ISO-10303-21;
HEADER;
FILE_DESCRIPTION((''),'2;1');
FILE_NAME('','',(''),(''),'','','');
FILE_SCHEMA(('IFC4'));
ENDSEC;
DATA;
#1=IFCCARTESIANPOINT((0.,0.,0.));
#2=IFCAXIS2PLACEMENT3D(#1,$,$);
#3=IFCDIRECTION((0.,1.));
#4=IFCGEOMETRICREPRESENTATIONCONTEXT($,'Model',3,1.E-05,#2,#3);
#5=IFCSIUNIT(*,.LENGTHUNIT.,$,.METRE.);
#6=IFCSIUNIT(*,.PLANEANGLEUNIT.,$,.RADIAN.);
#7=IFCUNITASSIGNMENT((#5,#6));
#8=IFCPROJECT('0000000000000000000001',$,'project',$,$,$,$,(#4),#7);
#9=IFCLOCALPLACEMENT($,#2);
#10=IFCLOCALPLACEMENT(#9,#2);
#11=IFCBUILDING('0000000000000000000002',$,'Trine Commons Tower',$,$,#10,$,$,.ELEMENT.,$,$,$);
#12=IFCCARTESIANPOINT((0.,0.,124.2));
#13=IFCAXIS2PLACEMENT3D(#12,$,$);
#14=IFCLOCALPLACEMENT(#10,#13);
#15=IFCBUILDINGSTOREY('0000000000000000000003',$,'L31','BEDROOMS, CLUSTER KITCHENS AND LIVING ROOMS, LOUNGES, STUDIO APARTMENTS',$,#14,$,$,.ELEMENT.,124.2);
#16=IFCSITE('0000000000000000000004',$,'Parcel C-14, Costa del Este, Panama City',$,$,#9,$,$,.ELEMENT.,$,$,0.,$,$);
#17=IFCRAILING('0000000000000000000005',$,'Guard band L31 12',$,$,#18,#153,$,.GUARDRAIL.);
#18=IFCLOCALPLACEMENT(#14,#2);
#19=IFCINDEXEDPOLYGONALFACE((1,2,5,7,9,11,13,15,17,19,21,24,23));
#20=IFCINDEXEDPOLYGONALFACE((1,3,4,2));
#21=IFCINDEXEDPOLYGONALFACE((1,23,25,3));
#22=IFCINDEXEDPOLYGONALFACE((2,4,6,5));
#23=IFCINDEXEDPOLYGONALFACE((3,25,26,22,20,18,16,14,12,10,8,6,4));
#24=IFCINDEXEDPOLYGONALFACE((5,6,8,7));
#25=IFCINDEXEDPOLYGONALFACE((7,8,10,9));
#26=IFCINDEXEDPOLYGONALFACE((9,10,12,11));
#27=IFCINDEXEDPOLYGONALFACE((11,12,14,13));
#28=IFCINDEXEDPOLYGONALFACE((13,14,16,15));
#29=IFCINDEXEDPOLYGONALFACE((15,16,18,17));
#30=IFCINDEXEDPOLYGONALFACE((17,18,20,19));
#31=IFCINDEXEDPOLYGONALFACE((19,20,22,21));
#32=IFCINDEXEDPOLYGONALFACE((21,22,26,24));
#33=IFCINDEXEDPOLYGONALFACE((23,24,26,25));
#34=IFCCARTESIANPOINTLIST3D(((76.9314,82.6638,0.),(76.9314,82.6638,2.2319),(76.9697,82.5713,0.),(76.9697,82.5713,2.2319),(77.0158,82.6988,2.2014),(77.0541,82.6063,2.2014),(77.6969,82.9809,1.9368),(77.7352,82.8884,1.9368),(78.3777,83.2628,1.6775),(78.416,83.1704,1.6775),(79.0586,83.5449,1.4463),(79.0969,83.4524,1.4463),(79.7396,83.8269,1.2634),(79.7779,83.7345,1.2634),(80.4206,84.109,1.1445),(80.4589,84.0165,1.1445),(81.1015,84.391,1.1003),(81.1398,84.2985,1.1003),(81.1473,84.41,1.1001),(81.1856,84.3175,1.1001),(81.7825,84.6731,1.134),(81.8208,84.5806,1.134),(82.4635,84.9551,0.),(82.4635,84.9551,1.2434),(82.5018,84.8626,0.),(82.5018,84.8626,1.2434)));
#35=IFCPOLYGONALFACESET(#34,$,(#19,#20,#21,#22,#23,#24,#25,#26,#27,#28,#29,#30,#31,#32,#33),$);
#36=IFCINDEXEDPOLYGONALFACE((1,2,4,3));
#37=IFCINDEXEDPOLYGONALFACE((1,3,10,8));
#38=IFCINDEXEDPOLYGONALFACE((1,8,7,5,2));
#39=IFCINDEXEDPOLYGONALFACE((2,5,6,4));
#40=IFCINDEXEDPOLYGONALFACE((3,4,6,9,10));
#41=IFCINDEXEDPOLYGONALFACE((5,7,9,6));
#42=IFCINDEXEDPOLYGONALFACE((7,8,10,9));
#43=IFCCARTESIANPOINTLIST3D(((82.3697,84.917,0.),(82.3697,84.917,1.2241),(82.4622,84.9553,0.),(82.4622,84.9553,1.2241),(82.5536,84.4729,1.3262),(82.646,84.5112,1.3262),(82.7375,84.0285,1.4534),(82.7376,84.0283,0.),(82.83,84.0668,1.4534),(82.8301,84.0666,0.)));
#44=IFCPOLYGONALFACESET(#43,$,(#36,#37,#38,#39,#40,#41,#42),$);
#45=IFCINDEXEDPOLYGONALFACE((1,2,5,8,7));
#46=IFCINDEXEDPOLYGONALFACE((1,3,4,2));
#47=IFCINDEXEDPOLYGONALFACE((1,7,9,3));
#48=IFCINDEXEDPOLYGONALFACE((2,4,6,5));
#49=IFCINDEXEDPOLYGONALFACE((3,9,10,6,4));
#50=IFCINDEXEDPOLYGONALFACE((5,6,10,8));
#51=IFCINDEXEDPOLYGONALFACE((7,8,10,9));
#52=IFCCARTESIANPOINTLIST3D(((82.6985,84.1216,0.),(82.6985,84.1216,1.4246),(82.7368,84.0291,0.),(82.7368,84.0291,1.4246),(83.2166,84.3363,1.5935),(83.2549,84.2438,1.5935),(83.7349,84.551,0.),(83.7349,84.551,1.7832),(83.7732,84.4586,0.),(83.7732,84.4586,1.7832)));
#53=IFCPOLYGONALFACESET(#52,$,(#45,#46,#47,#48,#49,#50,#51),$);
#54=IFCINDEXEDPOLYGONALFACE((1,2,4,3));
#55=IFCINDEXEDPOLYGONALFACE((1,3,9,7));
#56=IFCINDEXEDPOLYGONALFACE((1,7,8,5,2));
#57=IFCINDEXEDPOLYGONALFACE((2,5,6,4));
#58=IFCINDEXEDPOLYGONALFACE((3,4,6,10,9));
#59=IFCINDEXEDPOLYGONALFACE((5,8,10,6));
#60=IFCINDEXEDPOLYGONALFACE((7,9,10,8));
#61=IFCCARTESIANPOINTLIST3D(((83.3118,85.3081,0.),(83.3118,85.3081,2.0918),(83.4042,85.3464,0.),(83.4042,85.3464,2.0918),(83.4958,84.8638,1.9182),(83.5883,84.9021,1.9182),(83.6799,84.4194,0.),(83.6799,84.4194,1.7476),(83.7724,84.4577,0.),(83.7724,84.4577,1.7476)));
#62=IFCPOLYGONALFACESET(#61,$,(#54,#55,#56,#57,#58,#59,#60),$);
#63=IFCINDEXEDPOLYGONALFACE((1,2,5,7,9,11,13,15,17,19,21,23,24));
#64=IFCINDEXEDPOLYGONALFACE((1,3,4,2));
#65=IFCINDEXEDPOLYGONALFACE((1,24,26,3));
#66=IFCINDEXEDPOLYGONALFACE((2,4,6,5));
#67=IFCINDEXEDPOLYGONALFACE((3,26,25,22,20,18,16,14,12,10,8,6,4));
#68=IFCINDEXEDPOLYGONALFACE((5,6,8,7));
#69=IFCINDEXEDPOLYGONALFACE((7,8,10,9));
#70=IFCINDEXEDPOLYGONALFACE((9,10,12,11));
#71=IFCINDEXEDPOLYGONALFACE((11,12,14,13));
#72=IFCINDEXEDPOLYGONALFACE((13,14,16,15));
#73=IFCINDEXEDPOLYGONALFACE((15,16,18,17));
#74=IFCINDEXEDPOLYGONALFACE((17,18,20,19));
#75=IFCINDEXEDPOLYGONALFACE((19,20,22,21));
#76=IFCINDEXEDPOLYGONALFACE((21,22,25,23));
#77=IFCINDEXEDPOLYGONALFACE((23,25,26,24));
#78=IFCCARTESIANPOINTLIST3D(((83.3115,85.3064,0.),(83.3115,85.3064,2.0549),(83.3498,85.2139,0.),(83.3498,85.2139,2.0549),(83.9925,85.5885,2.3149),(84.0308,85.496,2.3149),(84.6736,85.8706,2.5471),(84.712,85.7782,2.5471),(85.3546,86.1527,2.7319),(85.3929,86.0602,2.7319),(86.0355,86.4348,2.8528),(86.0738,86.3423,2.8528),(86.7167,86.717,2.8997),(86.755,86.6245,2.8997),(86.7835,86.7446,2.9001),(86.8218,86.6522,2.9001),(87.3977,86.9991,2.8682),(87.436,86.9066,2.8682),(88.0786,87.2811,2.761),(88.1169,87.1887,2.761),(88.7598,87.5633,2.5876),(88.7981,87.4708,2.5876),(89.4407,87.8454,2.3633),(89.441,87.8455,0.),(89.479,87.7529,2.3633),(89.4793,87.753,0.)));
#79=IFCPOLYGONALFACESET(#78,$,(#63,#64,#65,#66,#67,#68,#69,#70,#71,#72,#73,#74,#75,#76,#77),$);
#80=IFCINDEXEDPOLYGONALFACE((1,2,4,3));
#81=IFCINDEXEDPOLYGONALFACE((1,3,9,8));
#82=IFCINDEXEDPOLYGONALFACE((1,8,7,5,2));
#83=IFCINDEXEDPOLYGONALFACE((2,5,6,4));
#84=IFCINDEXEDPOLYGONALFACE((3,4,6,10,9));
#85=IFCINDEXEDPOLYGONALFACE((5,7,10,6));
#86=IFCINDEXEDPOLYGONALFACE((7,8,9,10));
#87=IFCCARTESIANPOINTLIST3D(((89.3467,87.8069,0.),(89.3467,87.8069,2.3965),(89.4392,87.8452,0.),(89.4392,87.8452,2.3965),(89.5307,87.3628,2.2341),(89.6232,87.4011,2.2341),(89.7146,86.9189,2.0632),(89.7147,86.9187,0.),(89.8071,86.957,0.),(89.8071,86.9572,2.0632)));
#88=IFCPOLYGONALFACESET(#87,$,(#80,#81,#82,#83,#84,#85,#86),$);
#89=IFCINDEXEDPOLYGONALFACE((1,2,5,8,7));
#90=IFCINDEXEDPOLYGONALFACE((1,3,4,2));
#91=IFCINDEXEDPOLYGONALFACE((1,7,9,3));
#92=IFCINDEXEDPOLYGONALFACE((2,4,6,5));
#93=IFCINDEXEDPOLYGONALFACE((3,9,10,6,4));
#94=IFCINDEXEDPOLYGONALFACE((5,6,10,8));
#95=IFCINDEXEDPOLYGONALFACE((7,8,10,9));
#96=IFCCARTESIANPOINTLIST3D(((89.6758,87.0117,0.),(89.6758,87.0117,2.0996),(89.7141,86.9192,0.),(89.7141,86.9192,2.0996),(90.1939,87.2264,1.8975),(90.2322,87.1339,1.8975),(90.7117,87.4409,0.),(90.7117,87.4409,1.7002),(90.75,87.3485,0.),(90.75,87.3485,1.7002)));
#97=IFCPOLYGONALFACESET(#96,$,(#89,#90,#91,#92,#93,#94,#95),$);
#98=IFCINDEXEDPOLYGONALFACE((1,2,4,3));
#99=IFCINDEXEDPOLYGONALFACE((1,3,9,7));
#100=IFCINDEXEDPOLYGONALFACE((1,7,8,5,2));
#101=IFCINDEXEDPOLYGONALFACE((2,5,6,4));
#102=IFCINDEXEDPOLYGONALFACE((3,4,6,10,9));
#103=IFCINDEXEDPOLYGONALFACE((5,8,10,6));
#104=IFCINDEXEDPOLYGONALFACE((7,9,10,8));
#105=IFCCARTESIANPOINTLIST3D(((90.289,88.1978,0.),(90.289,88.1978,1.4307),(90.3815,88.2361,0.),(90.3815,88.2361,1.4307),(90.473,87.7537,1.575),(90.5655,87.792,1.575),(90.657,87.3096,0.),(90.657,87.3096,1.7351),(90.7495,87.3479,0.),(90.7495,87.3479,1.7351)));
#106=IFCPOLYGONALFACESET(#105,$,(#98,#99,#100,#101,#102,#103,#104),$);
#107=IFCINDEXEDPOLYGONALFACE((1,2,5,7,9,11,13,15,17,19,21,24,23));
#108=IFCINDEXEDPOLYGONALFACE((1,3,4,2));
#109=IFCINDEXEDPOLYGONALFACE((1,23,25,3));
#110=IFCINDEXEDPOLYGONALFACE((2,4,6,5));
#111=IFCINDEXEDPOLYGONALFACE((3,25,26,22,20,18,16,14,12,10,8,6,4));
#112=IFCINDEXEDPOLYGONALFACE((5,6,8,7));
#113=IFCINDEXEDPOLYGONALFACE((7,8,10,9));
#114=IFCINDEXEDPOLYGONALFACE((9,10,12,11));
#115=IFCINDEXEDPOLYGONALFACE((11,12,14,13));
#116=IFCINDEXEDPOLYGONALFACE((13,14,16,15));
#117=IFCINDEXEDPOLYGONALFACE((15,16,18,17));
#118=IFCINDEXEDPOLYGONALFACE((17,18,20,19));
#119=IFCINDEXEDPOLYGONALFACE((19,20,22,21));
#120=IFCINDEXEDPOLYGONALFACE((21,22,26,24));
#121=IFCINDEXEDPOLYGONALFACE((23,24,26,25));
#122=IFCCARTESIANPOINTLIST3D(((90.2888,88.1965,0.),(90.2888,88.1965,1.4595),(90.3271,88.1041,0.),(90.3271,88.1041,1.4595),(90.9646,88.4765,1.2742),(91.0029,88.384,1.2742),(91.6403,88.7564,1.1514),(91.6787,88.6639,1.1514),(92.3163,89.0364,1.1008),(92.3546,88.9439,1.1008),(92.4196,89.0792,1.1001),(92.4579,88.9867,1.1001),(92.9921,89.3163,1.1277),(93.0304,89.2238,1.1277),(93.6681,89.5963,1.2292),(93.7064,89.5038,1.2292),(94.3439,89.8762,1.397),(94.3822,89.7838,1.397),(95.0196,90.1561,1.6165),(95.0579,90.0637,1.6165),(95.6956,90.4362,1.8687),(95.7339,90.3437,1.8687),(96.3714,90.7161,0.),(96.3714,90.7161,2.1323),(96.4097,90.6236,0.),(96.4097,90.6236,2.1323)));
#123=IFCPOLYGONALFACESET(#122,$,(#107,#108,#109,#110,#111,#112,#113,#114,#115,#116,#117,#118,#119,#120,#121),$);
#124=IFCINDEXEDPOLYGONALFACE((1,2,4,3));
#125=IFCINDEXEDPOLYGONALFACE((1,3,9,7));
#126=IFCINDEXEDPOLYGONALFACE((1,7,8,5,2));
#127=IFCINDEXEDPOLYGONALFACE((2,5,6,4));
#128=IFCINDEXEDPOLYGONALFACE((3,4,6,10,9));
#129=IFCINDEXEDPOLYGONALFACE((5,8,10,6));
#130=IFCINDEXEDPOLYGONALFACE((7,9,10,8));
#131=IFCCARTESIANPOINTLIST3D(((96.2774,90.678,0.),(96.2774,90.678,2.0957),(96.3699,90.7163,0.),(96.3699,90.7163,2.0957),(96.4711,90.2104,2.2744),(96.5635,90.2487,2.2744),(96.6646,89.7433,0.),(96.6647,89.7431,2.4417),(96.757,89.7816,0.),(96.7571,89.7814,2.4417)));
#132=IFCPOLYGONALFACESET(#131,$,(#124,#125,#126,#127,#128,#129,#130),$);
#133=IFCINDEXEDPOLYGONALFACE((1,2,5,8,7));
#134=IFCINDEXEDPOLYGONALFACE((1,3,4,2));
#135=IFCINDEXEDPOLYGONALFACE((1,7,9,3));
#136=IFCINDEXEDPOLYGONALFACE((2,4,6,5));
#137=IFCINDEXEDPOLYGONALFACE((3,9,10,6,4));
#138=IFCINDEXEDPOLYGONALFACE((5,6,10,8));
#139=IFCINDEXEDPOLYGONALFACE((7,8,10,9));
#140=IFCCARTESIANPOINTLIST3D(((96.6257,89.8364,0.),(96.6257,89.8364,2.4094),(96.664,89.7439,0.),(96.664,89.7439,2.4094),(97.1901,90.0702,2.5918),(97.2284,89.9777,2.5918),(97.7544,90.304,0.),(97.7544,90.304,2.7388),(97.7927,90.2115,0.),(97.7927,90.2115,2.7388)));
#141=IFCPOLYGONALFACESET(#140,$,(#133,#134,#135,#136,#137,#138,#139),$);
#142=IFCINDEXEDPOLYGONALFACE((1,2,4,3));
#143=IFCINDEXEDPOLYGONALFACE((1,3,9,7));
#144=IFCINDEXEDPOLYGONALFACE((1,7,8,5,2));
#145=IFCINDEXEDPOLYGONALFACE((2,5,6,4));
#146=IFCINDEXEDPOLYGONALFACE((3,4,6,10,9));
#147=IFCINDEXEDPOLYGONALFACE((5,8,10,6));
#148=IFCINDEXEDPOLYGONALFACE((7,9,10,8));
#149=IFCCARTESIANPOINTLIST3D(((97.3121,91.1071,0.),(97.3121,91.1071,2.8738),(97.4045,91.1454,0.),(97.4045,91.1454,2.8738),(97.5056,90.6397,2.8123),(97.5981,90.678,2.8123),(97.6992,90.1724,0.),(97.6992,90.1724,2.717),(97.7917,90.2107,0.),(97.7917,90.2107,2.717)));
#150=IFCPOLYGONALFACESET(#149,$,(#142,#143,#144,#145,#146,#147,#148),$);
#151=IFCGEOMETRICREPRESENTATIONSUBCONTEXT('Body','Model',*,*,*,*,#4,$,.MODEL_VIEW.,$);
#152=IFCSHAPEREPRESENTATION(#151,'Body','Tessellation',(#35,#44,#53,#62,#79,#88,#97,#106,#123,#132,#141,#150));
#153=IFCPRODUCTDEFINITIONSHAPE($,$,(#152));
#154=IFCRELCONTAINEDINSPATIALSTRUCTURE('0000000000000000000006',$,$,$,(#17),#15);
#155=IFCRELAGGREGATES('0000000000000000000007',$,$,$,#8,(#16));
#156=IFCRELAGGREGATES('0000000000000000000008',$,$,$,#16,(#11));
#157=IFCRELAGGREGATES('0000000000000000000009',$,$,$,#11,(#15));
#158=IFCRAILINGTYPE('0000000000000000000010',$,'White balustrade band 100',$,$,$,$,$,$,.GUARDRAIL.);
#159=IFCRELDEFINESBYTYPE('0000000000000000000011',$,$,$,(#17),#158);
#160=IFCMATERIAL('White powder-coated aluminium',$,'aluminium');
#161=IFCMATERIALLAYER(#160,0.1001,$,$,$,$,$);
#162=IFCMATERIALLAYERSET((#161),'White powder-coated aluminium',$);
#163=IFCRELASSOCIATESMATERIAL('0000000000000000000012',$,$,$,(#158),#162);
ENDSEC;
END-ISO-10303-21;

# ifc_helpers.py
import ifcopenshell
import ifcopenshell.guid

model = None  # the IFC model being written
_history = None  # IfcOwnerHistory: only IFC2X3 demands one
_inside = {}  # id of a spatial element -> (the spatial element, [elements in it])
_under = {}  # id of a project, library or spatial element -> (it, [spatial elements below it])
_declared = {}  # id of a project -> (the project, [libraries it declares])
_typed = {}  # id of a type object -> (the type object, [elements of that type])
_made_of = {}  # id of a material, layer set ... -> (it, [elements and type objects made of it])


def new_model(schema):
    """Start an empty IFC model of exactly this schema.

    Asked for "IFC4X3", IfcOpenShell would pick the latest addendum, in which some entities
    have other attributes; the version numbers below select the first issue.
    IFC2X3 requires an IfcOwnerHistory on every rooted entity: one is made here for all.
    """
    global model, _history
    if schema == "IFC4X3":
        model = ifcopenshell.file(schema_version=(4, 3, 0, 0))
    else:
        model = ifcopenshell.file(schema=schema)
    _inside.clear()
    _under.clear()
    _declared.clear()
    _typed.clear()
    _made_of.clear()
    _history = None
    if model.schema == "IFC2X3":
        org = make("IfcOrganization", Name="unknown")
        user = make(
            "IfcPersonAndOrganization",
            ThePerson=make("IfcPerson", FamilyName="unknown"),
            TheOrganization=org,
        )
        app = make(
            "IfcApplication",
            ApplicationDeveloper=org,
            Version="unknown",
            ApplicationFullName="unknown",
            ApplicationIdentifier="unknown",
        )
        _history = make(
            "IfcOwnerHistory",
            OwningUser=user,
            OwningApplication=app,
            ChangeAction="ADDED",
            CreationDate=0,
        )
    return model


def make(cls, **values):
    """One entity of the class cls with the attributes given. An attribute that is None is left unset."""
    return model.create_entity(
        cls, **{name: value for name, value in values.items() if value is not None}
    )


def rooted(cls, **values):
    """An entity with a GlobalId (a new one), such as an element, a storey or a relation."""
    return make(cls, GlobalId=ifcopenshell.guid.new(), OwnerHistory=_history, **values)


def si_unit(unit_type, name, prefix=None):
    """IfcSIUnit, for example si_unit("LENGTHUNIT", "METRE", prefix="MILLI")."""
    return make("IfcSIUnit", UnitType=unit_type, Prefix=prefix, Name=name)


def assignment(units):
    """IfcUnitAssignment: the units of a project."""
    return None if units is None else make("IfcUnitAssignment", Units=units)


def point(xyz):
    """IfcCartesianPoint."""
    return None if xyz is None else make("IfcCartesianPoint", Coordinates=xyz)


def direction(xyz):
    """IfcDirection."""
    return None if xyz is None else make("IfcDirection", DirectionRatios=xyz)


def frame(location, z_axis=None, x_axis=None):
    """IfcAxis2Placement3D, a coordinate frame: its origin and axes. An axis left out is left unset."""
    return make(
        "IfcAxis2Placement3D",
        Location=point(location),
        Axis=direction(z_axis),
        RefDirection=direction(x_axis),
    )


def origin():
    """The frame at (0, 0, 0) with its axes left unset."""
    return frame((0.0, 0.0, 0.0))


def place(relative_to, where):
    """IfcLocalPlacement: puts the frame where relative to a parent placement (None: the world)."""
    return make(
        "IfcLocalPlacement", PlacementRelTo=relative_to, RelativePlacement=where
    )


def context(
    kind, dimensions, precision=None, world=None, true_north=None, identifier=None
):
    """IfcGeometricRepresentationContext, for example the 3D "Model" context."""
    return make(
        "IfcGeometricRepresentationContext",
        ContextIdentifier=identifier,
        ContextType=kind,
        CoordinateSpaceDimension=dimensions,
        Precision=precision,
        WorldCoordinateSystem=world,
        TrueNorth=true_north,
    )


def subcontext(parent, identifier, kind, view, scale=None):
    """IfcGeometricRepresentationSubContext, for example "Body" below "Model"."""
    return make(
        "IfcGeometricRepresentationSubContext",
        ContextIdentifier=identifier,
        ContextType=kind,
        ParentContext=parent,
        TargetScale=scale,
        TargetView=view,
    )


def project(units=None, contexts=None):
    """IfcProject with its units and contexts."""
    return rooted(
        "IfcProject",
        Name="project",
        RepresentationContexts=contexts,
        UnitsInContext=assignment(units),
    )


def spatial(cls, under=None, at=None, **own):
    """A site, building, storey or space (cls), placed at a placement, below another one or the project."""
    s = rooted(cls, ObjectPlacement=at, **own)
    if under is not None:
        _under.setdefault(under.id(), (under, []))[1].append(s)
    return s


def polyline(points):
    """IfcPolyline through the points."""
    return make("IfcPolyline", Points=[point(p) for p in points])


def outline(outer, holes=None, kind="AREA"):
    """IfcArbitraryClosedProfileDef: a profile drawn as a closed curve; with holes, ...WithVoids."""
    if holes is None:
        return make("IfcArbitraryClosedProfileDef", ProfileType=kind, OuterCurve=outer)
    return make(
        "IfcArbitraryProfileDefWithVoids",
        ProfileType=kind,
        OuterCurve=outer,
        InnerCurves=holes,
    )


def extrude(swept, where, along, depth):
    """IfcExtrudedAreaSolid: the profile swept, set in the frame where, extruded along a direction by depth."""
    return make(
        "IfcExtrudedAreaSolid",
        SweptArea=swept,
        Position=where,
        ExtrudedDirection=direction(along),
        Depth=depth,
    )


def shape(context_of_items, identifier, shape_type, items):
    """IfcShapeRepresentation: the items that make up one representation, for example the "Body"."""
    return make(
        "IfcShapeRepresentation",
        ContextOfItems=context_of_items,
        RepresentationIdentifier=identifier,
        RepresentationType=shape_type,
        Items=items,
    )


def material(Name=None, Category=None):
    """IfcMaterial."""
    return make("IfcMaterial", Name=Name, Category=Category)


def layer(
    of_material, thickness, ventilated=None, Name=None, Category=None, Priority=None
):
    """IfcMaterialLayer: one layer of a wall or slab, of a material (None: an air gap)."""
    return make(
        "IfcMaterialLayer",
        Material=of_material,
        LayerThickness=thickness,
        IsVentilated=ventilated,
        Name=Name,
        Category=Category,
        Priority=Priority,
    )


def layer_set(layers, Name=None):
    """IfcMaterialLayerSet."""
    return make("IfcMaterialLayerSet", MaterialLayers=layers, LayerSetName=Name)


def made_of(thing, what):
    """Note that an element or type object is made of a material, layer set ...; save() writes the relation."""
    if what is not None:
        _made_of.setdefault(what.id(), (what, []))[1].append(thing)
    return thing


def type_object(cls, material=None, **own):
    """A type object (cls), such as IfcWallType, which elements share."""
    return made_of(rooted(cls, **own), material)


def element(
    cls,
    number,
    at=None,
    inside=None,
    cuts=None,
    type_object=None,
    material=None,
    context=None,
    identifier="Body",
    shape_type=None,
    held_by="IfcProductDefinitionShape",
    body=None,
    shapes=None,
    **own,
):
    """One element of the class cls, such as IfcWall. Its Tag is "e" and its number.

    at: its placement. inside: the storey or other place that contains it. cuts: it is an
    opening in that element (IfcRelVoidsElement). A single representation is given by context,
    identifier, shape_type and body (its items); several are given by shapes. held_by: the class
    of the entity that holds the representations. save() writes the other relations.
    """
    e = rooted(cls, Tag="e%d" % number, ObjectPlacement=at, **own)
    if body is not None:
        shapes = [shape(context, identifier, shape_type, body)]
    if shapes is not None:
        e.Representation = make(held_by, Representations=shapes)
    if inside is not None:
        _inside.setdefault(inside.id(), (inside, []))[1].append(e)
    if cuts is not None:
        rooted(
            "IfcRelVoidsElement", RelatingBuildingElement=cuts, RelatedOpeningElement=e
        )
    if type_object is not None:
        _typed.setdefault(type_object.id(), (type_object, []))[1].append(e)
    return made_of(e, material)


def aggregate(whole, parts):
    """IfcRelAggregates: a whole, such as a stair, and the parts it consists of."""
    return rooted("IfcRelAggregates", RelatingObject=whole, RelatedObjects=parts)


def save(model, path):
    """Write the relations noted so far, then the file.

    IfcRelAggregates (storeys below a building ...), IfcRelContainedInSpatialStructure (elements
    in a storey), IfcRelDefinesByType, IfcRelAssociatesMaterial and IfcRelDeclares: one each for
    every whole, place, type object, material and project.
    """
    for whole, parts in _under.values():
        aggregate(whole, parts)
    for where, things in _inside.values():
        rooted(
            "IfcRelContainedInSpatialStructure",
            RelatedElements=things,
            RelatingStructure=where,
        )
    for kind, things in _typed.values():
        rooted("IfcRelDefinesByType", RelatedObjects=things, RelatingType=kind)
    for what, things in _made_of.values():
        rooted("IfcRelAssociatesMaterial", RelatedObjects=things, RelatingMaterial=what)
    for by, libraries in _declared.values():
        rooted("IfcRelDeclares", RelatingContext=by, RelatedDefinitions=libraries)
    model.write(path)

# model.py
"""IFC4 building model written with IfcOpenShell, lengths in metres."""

from ifc_helpers import new_model, si_unit, direction, frame, origin, place, context, subcontext, project, spatial, polyline, outline, extrude, material, layer, layer_set, type_object, element, save


model = new_model("IFC4")

# Units and contexts
model_context = context("Model", 3, precision=1e-05, world=origin(), true_north=direction((0.0, 1.0)))
body_context = subcontext(model_context, "Body", "Model", "MODEL_VIEW")
ifc_project = project(units=[si_unit("LENGTHUNIT", "METRE"), si_unit("PLANEANGLEUNIT", "RADIAN")], contexts=[model_context])

# Site, building, storey
site_placement = place(None, origin())
site = spatial("IfcSite", under=ifc_project, at=site_placement, Name="Parcel C-14, Costa del Este, Panama City", CompositionType="ELEMENT", RefElevation=0.0)
building_placement = place(site_placement, origin())
building = spatial("IfcBuilding", under=site, at=building_placement, Name="Trine Commons Tower", CompositionType="ELEMENT")
storey_placement = place(building_placement, frame((0.0, 0.0, 124.2)))
storey = spatial("IfcBuildingStorey", under=building, at=storey_placement, Name="L31", Description="BEDROOMS, CLUSTER KITCHENS AND LIVING ROOMS, LOUNGES, STUDIO APARTMENTS", CompositionType="ELEMENT", Elevation=124.2)

# Railing
ifc_material_1 = material(Name="White powder-coated aluminium", Category="aluminium")
ifc_layer_1 = layer(ifc_material_1, 0.1001)
ifc_layer_set_1 = layer_set([ifc_layer_1], Name="White powder-coated aluminium")
railing_type = type_object("IfcRailingType", Name="White balustrade band 100", PredefinedType="GUARDRAIL", material=ifc_layer_set_1)
railing_1_placement = place(storey_placement, origin())
element("IfcRailing", 1, at=railing_1_placement, inside=storey, type_object=railing_type, Name="Guard band L31 12", PredefinedType="GUARDRAIL", context=body_context, shape_type="SweptSolid", body=[
    extrude(outline(polyline([(0.0, 0.0), (5.9878, 0.0), (5.9878, 1.2434), (5.9878, 1.2434), (5.2507, 1.134), (4.5632, 1.1001), (4.5137, 1.1003), (3.7766, 1.1445), (3.0396, 1.2634), (2.3025, 1.4463), (1.5654, 1.6775), (0.8286, 1.9368), (0.0913, 2.2014), (0.0, 2.2319), (0.0, 0.0)])), frame((76.9314, 82.6638, 0.0), z_axis=(0.38266, -0.923889, 0.0), x_axis=(0.923889, 0.38266, 0.0)), (0.0, 0.0, 1.0), 0.1001),
    extrude(outline(polyline([(0.0, 0.0), (0.9619, 0.0), (0.9617, 1.4534), (0.4807, 1.3262), (0.0, 1.2241), (0.0, 0.0)])), frame((82.4622, 84.9553, 0.0), z_axis=(-0.923946, -0.382524, 0.0), x_axis=(0.382524, -0.923946, 0.0)), (0.0, 0.0, 1.0), 0.1001),
    extrude(outline(polyline([(0.0, 0.0), (1.1218, 0.0), (1.1218, 1.7832), (0.5608, 1.5935), (0.0, 1.4246), (0.0, 0.0)])), frame((82.6985, 84.1216, 0.0), z_axis=(0.382807, -0.923828, 0.0), x_axis=(0.923828, 0.382807, 0.0)), (0.0, 0.0, 1.0), 0.1001),
    extrude(outline(polyline([(0.0, 0.0), (0.9619, 0.0), (0.9619, 2.0918), (0.481, 1.9182), (0.0, 1.7476), (0.0, 0.0)])), frame((83.6799, 84.4194, 0.0), z_axis=(0.923856, 0.38274, 0.0), x_axis=(-0.38274, 0.923856, 0.0)), (0.0, 0.0, 1.0), 0.1001),
    extrude(outline(polyline([(0.0, 0.0), (6.6345, 0.0), (6.6343, 2.3633), (5.8972, 2.5876), (5.1599, 2.761), (4.4229, 2.8682), (3.7581, 2.9001), (3.6858, 2.8997), (2.9485, 2.8528), (2.2114, 2.7319), (1.4744, 2.5471), (0.7371, 2.3149), (0.0, 2.0549), (0.0, 0.0)])), frame((83.3115, 85.3064, 0.0), z_axis=(0.382707, -0.92387, 0.0), x_axis=(0.92387, 0.382707, 0.0)), (0.0, 0.0, 1.0), 0.1001),
    extrude(outline(polyline([(0.0, 0.0), (0.9614, 0.0), (0.9612, 2.0632), (0.4807, 2.2341), (0.0, 2.3965), (0.0, 0.0)])), frame((89.4392, 87.8452, 0.0), z_axis=(-0.923871, -0.382703, 0.0), x_axis=(0.382703, -0.923871, 0.0)), (0.0, 0.0, 1.0), 0.1001),
    extrude(outline(polyline([(0.0, 0.0), (1.1213, 0.0), (1.1213, 1.7002), (0.5608, 1.8975), (0.0, 2.0996), (0.0, 0.0)])), frame((89.6758, 87.0117, 0.0), z_axis=(0.382775, -0.923842, 0.0), x_axis=(0.923842, 0.382775, 0.0)), (0.0, 0.0, 1.0), 0.1001),
    extrude(outline(polyline([(0.0, 0.0), (0.9614, 0.0), (0.9614, 1.4307), (0.4807, 1.575), (0.0, 1.7351), (0.0, 0.0)])), frame((90.657, 87.3096, 0.0), z_axis=(0.923871, 0.382703, 0.0), x_axis=(-0.382703, 0.923871, 0.0)), (0.0, 0.0, 1.0), 0.1001),
    extrude(outline(polyline([(0.0, 0.0), (6.5837, 0.0), (6.5837, 2.1323), (5.8523, 1.8687), (5.1206, 1.6165), (4.3892, 1.397), (3.6577, 1.2292), (2.926, 1.1277), (2.3064, 1.1001), (2.1946, 1.1008), (1.4629, 1.1514), (0.7314, 1.2742), (0.0, 1.4595), (0.0, 0.0)])), frame((90.2888, 88.1965, 0.0), z_axis=(0.382692, -0.923876, 0.0), x_axis=(0.923876, 0.382692, 0.0)), (0.0, 0.0, 1.0), 0.1001),
    extrude(outline(polyline([(0.0, 0.0), (1.0117, 0.0), (1.012, 2.4417), (0.5061, 2.2744), (0.0, 2.0957), (0.0, 0.0)])), frame((96.3699, 90.7163, 0.0), z_axis=(-0.923882, -0.382679, 0.0), x_axis=(0.382679, -0.923882, 0.0)), (0.0, 0.0, 1.0), 0.1001),
    extrude(outline(polyline([(0.0, 0.0), (1.2217, 0.0), (1.2217, 2.7388), (0.6108, 2.5918), (0.0, 2.4094), (0.0, 0.0)])), frame((96.6257, 89.8364, 0.0), z_axis=(0.382699, -0.923873, 0.0), x_axis=(0.923873, 0.382699, 0.0)), (0.0, 0.0, 1.0), 0.1001),
    extrude(outline(polyline([(0.0, 0.0), (1.0117, 0.0), (1.0117, 2.8738), (0.5059, 2.8123), (0.0, 2.717), (0.0, 0.0)])), frame((97.6992, 90.1724, 0.0), z_axis=(0.923882, 0.382679, 0.0), x_axis=(-0.382679, 0.923882, 0.0)), (0.0, 0.0, 1.0), 0.1001),
])

save(model, "model.ifc")
